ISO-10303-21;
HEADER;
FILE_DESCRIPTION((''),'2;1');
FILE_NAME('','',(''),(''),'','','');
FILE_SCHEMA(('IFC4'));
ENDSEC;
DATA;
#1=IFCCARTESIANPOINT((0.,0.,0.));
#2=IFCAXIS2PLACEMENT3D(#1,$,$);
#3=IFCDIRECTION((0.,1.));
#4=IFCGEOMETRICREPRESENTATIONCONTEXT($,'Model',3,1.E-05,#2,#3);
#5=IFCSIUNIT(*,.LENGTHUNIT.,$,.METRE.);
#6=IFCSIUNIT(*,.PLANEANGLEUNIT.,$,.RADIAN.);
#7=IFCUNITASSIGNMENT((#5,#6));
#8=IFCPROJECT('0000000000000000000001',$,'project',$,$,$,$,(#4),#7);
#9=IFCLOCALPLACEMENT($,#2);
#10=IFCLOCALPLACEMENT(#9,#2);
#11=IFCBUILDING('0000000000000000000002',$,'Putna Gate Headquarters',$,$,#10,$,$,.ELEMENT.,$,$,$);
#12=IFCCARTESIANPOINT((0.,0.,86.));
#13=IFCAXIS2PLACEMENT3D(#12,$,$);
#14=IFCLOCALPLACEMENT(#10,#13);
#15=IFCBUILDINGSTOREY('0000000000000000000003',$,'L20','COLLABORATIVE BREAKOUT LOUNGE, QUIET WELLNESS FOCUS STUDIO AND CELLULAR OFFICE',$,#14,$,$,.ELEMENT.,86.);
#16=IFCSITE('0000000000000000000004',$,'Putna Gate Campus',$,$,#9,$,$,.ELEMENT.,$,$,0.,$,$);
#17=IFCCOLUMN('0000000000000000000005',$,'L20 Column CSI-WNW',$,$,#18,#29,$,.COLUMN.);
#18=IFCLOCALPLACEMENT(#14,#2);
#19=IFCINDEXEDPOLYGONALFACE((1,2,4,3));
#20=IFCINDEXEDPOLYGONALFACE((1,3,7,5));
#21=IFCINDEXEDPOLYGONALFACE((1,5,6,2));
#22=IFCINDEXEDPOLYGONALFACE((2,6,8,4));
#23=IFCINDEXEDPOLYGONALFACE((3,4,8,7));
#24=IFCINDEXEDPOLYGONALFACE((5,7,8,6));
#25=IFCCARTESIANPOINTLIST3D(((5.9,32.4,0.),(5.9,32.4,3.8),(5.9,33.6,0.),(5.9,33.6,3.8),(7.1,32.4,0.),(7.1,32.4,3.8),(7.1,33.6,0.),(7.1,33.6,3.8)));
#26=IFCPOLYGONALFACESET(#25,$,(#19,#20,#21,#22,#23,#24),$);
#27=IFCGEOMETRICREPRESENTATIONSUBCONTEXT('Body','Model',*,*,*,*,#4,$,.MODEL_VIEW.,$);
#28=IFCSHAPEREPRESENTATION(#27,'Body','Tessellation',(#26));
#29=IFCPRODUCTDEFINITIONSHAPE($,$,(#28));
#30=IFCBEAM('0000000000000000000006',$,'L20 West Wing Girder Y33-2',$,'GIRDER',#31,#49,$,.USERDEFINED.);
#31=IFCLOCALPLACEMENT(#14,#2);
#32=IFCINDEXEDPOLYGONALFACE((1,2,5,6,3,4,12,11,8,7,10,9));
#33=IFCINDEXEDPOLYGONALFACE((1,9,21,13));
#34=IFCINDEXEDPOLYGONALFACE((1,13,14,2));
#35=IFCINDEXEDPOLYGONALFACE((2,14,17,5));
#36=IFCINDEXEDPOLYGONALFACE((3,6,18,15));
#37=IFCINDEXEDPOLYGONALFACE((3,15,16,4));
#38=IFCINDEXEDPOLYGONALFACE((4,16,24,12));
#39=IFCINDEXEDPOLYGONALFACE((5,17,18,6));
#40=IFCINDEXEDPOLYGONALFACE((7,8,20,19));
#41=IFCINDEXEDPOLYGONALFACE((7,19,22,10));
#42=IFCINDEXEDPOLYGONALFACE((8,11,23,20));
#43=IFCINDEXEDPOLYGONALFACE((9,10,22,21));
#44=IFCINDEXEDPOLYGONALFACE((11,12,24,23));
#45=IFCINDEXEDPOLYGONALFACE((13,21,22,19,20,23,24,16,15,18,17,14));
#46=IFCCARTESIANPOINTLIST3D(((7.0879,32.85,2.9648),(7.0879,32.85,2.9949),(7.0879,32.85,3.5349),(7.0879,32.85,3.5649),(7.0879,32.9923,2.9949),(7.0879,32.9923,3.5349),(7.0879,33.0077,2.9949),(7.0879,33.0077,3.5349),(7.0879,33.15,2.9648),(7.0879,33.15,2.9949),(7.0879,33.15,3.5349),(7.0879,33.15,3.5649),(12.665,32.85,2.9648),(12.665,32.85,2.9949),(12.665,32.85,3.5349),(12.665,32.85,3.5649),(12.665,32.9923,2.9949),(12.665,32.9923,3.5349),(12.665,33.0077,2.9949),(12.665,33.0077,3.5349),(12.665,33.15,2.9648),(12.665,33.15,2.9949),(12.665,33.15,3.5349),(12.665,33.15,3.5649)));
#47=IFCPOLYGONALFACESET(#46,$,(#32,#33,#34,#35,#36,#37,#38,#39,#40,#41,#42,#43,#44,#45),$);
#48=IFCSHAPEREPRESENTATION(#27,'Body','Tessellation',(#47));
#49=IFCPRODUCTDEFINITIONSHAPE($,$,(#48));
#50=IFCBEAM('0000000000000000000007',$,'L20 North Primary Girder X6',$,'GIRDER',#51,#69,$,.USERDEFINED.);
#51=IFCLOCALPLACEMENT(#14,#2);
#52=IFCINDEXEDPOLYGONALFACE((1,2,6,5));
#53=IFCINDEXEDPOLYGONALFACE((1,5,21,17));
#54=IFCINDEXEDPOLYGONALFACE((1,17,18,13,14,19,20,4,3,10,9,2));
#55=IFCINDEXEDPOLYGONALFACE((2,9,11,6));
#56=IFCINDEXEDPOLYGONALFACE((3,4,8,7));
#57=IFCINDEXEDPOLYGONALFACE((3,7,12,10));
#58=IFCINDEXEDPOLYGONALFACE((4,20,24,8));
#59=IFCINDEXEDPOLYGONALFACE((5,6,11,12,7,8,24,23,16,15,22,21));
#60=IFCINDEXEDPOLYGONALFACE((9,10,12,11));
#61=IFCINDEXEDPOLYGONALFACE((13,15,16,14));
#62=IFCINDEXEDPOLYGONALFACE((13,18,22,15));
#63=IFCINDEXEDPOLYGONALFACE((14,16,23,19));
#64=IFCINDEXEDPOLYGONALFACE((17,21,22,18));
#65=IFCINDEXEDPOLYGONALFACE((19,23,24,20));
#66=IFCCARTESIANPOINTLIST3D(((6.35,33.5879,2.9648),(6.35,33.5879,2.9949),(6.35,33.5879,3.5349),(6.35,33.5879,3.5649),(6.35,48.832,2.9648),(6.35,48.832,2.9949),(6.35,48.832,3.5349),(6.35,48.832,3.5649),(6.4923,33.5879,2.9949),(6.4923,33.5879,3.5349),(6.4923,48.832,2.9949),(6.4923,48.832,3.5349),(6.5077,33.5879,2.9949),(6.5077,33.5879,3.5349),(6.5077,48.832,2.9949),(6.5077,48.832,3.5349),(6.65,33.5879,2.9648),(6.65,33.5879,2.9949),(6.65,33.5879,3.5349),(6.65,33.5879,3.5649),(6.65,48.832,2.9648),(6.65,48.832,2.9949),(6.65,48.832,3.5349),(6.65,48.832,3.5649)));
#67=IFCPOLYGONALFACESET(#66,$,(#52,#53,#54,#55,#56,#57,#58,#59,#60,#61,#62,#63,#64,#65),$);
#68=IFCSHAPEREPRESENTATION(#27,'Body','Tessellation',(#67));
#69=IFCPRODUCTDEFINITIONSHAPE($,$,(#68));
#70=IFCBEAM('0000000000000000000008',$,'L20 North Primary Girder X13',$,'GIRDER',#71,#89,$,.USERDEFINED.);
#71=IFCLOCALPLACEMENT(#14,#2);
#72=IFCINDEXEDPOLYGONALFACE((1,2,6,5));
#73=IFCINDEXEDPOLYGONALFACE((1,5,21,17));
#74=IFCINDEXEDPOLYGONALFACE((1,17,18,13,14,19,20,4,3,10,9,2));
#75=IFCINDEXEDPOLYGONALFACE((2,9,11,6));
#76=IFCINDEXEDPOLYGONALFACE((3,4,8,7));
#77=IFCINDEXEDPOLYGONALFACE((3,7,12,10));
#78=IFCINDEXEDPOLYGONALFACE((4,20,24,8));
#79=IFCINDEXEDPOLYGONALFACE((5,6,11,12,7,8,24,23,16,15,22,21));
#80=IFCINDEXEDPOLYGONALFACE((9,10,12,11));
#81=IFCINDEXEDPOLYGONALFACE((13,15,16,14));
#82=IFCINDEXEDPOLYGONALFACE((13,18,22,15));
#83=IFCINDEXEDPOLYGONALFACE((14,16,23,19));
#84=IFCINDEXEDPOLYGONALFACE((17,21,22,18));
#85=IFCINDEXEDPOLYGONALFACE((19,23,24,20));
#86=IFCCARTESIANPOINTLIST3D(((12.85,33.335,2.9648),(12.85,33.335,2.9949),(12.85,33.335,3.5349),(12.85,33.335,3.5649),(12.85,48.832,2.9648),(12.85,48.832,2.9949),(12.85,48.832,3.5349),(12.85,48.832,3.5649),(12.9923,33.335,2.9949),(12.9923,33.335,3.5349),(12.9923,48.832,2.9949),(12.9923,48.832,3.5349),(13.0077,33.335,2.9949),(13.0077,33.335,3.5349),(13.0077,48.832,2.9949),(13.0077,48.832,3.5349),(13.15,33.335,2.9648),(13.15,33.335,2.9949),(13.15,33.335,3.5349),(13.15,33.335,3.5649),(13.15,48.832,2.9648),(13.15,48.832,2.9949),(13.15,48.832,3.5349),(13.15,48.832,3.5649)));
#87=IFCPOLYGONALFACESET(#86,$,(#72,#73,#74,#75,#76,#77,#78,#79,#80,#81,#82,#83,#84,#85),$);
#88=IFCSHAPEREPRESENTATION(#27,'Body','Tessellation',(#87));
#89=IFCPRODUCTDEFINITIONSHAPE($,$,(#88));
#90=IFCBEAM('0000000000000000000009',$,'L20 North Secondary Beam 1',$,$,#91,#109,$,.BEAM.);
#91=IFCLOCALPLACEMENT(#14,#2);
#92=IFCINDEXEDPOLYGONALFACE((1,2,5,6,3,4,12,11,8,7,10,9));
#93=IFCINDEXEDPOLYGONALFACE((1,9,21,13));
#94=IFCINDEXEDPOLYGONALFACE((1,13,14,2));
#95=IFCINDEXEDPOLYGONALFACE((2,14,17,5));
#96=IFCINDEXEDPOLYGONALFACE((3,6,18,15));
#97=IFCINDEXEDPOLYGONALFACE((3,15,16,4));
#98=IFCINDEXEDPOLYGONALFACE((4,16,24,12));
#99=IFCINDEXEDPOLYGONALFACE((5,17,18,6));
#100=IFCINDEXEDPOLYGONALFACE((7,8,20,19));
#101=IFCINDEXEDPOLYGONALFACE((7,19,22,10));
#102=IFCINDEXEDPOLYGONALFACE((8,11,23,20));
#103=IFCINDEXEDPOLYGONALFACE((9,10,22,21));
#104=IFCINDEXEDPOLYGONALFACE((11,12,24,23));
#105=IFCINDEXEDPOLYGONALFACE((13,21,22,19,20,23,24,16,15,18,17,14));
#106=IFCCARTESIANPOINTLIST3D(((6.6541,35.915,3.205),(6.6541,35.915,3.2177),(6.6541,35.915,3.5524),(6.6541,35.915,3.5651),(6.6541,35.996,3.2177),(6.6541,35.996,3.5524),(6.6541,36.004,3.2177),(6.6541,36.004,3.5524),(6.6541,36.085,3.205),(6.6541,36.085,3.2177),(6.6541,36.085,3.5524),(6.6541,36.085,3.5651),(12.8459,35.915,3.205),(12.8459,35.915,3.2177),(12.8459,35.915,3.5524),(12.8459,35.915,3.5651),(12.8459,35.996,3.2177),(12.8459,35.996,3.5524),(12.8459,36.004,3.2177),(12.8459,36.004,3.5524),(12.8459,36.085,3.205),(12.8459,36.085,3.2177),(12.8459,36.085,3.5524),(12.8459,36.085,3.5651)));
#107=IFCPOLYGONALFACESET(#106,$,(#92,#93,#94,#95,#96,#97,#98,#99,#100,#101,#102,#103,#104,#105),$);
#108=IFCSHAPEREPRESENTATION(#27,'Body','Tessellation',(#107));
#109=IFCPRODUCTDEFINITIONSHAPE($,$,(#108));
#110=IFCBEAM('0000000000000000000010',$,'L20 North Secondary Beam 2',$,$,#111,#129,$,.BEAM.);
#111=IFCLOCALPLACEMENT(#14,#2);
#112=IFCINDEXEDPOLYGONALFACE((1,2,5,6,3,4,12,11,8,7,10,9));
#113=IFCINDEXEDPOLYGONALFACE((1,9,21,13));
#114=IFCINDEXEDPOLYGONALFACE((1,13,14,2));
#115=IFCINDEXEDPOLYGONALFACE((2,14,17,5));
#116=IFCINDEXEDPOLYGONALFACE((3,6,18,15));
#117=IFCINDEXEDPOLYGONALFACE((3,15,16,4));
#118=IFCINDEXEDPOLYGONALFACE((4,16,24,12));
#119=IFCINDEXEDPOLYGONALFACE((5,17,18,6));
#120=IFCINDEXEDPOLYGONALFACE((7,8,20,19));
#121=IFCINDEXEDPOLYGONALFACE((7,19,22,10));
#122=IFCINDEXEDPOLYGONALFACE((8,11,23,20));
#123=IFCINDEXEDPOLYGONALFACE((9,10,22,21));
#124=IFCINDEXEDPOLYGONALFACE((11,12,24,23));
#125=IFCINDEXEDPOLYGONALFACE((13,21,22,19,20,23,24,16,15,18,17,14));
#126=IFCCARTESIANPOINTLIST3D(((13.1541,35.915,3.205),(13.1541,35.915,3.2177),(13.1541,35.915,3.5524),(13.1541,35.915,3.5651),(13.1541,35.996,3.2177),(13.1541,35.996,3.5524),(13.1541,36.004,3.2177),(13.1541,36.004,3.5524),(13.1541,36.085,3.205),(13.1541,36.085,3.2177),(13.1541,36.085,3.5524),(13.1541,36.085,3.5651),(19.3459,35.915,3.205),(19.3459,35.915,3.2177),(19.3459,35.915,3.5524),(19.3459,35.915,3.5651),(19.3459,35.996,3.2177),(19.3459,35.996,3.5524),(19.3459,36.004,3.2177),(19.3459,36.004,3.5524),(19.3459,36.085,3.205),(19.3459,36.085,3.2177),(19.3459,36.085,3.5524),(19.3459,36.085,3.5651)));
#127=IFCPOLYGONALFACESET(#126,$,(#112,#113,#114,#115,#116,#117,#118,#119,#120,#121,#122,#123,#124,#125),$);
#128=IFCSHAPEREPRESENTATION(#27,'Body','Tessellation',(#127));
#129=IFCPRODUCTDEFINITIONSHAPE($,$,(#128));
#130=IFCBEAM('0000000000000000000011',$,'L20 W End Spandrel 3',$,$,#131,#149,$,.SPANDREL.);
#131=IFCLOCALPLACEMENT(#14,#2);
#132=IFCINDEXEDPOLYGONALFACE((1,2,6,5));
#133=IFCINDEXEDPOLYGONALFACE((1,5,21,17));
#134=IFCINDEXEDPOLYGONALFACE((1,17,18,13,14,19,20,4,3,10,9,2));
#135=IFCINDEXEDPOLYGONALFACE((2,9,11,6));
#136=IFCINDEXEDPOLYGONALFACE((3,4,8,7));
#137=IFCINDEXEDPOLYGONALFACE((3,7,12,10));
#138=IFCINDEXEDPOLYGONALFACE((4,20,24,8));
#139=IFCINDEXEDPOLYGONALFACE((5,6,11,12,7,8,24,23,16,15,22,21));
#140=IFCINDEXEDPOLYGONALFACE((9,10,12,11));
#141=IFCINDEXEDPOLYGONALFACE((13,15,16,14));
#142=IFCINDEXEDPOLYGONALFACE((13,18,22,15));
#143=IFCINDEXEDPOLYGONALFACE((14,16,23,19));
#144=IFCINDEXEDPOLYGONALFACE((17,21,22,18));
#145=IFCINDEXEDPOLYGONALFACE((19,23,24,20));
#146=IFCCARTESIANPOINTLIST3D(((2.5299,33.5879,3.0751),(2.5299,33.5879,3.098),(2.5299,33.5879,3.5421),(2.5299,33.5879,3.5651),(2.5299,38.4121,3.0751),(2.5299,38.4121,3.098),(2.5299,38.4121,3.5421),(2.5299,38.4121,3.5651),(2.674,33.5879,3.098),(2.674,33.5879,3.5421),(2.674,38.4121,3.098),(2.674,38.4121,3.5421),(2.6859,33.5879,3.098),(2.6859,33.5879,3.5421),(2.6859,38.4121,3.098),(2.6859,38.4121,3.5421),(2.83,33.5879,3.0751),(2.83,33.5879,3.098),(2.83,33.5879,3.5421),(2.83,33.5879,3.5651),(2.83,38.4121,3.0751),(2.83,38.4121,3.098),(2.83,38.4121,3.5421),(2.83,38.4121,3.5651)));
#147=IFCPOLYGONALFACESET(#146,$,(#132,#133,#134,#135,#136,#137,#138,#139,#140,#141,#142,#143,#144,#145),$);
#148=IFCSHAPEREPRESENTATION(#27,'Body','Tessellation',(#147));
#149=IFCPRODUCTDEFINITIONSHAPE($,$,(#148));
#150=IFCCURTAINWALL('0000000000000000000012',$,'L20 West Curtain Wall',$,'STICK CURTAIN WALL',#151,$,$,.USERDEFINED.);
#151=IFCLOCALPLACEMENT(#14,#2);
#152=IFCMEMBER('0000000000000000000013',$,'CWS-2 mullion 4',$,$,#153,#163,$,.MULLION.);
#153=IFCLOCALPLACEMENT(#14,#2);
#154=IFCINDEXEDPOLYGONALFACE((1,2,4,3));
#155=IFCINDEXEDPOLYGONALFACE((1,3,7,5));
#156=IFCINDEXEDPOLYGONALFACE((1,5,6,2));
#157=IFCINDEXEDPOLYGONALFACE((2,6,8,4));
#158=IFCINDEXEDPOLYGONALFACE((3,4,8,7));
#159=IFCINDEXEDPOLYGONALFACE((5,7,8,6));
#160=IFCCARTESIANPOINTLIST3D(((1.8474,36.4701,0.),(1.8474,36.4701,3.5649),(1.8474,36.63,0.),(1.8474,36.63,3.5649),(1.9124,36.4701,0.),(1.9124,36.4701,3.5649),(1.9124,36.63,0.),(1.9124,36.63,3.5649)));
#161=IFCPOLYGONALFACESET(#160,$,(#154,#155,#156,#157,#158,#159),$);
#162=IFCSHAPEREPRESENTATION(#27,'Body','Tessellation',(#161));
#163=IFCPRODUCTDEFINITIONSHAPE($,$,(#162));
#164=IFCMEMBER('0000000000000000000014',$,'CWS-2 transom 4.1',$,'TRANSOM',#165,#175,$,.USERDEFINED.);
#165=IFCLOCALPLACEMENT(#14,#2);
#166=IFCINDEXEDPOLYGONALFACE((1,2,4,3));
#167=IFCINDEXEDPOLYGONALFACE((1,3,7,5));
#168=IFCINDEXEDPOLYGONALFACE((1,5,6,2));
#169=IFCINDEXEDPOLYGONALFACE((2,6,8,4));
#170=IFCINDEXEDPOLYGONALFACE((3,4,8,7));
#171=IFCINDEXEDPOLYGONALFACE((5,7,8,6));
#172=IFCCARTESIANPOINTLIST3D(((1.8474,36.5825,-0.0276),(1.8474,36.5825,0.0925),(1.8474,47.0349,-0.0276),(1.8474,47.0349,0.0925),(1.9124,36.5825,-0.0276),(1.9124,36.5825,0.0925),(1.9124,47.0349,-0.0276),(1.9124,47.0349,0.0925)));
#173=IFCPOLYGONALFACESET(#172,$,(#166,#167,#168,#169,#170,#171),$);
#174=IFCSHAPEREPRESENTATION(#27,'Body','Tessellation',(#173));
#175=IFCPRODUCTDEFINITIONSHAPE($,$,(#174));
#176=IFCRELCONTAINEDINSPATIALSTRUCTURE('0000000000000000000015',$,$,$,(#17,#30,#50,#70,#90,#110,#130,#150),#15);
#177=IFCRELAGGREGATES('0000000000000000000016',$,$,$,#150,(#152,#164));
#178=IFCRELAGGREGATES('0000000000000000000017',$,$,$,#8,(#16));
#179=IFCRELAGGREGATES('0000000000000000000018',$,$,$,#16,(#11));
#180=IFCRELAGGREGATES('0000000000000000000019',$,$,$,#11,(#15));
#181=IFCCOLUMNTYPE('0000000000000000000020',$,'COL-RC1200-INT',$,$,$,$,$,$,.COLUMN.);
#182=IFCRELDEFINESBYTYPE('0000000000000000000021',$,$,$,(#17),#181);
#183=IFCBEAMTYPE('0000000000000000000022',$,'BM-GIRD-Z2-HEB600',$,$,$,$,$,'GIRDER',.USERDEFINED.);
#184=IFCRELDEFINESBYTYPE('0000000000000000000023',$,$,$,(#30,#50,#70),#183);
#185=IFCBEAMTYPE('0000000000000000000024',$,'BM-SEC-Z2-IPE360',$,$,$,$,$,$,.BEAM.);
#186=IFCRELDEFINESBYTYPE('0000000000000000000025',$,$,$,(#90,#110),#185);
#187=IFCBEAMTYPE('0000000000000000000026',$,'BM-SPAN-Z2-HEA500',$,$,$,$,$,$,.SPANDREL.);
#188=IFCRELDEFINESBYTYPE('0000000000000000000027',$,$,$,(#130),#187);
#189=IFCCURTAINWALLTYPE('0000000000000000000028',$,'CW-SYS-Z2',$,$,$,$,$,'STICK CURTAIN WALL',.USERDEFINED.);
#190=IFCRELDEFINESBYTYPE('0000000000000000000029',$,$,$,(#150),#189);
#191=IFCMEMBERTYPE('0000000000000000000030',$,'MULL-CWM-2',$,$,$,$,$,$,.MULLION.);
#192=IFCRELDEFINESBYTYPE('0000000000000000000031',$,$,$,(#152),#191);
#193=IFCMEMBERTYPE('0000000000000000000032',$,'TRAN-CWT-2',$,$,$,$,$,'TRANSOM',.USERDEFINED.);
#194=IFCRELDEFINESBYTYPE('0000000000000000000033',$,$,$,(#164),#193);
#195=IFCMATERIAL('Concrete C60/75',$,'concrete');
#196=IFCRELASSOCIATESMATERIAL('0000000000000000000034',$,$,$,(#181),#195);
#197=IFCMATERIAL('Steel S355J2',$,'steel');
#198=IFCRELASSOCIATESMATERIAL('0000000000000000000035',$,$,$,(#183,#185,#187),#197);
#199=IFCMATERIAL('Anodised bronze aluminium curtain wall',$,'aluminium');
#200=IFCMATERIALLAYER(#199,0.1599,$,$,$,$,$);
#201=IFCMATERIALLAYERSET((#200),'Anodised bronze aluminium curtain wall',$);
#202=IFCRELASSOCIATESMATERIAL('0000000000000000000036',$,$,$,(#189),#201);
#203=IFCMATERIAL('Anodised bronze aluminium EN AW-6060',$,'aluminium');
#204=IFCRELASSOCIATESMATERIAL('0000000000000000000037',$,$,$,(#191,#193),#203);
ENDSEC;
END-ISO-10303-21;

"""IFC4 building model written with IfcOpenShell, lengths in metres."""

from ifc_helpers import new_model, si_unit, direction, frame, origin, origin_2d, place, context, subcontext, project, spatial, rectangle, i_section, extrude, material, layer, layer_set, material_profile, profile_set, type_object, element, aggregate, save


model = new_model("IFC4")

# Units and contexts
model_context = context("Model", 3, precision=1e-05, world=origin(), true_north=direction((0.0, 1.0)))
body_context = subcontext(model_context, "Body", "Model", "MODEL_VIEW")
ifc_project = project(units=[si_unit("LENGTHUNIT", "METRE"), si_unit("PLANEANGLEUNIT", "RADIAN")], contexts=[model_context])

# Site, building, storey
site_placement = place(None, origin())
site = spatial("IfcSite", under=ifc_project, at=site_placement, Name="Putna Gate Campus", CompositionType="ELEMENT", RefElevation=0.0)
building_placement = place(site_placement, origin())
building = spatial("IfcBuilding", under=site, at=building_placement, Name="Putna Gate Headquarters", CompositionType="ELEMENT")
storey_placement = place(building_placement, frame((0.0, 0.0, 86.0)))
storey = spatial("IfcBuildingStorey", under=building, at=storey_placement, Name="L20", Description="COLLABORATIVE BREAKOUT LOUNGE, QUIET WELLNESS FOCUS STUDIO AND CELLULAR OFFICE", CompositionType="ELEMENT", Elevation=86.0)

# Column
ifc_material_1 = material(Name="Concrete C60/75", Category="concrete")
ifc_material_profile_1 = material_profile(ifc_material_1, rectangle(XDim=1.2, YDim=1.2, at=origin_2d()), Name="Concrete C60/75")
ifc_profile_set_1 = profile_set([ifc_material_profile_1], Name="Concrete C60/75")
column_type = type_object("IfcColumnType", Name="COL-RC1200-INT", PredefinedType="COLUMN", material=ifc_profile_set_1)
column_placement = place(storey_placement, frame((6.5, 33.0, 0.0), z_axis=(0.0, 0.0, 1.0), x_axis=(1.0, 0.0, 0.0)))
element("IfcColumn", 1, at=column_placement, inside=storey, type_object=column_type, Name="L20 Column CSI-WNW", PredefinedType="COLUMN", context=body_context, shape_type="SweptSolid", body=[
    extrude(rectangle(XDim=1.2, YDim=1.2, at=origin_2d()), origin(), (0.0, 0.0, 1.0), 3.8),
])

# Beams
ifc_material_2 = material(Name="Steel S355J2", Category="steel")
ifc_material_profile_2 = material_profile(ifc_material_2, i_section(OverallWidth=0.3, OverallDepth=0.6001, WebThickness=0.0154, FlangeThickness=0.03, at=origin_2d()), Name="Steel S355J2")
ifc_profile_set_2 = profile_set([ifc_material_profile_2], Name="Steel S355J2")
beam_type_1 = type_object("IfcBeamType", Name="BM-GIRD-Z2-HEB600", ElementType="GIRDER", PredefinedType="USERDEFINED", material=ifc_profile_set_2)
beam_1_placement = place(storey_placement, frame((7.0879, 33.0, 3.2649), z_axis=(1.0, 0.0, 0.0), x_axis=(0.0, 1.0, 0.0)))
element("IfcBeam", 2, at=beam_1_placement, inside=storey, type_object=beam_type_1, Name="L20 West Wing Girder Y33-2", ObjectType="GIRDER", PredefinedType="USERDEFINED", context=body_context, shape_type="SweptSolid", body=[
    extrude(i_section(OverallWidth=0.3, OverallDepth=0.6001, WebThickness=0.0154, FlangeThickness=0.03, at=origin_2d()), origin(), (0.0, 0.0, 1.0), 5.5771),
])
beam_2_placement = place(storey_placement, frame((6.5, 33.5879, 3.2649), z_axis=(0.0, 1.0, 0.0), x_axis=(-1.0, 0.0, 0.0)))
element("IfcBeam", 3, at=beam_2_placement, inside=storey, type_object=beam_type_1, Name="L20 North Primary Girder X6", ObjectType="GIRDER", PredefinedType="USERDEFINED", context=body_context, shape_type="SweptSolid", body=[
    extrude(i_section(OverallWidth=0.3, OverallDepth=0.6001, WebThickness=0.0154, FlangeThickness=0.03, at=origin_2d()), origin(), (0.0, 0.0, 1.0), 15.2441),
])
beam_3_placement = place(storey_placement, frame((13.0, 33.335, 3.2649), z_axis=(0.0, 1.0, 0.0), x_axis=(-1.0, 0.0, 0.0)))
element("IfcBeam", 4, at=beam_3_placement, inside=storey, type_object=beam_type_1, Name="L20 North Primary Girder X13", ObjectType="GIRDER", PredefinedType="USERDEFINED", context=body_context, shape_type="SweptSolid", body=[
    extrude(i_section(OverallWidth=0.3, OverallDepth=0.6001, WebThickness=0.0154, FlangeThickness=0.03, at=origin_2d()), origin(), (0.0, 0.0, 1.0), 15.4971),
])
ifc_material_profile_3 = material_profile(ifc_material_2, i_section(OverallWidth=0.1699, OverallDepth=0.3601, WebThickness=0.0081, FlangeThickness=0.0127, at=origin_2d()), Name="Steel S355J2")
ifc_profile_set_3 = profile_set([ifc_material_profile_3], Name="Steel S355J2")
beam_type_2 = type_object("IfcBeamType", Name="BM-SEC-Z2-IPE360", PredefinedType="BEAM", material=ifc_profile_set_3)
for number, where, z_axis, x_axis, name in (
    (5, (6.6541, 36.0, 3.385), (1.0, 0.0, 0.0), (0.0, 1.0, 0.0), "L20 North Secondary Beam 1"),
    (6, (13.1541, 36.0, 3.385), (1.0, 0.0, 0.0), (0.0, 1.0, 0.0), "L20 North Secondary Beam 2"),
):
    element("IfcBeam", number, at=place(storey_placement, frame(where, z_axis=z_axis, x_axis=x_axis)), inside=storey, type_object=beam_type_2, Name=name, PredefinedType="BEAM", context=body_context, shape_type="SweptSolid", body=[
        extrude(i_section(OverallWidth=0.1699, OverallDepth=0.3601, WebThickness=0.0081, FlangeThickness=0.0127, at=origin_2d()), origin(), (0.0, 0.0, 1.0), 6.1919),
    ])
ifc_material_profile_4 = material_profile(ifc_material_2, i_section(OverallWidth=0.3, OverallDepth=0.49, WebThickness=0.012, FlangeThickness=0.0229, at=origin_2d()), Name="Steel S355J2")
ifc_profile_set_4 = profile_set([ifc_material_profile_4], Name="Steel S355J2")
beam_type_3 = type_object("IfcBeamType", Name="BM-SPAN-Z2-HEA500", PredefinedType="SPANDREL", material=ifc_profile_set_4)
beam_4_placement = place(storey_placement, frame((2.6799, 33.5879, 3.3201), z_axis=(0.0, 1.0, 0.0), x_axis=(-1.0, 0.0, 0.0)))
element("IfcBeam", 7, at=beam_4_placement, inside=storey, type_object=beam_type_3, Name="L20 W End Spandrel 3", PredefinedType="SPANDREL", context=body_context, shape_type="SweptSolid", body=[
    extrude(i_section(OverallWidth=0.3, OverallDepth=0.49, WebThickness=0.012, FlangeThickness=0.0229, at=origin_2d()), origin(), (0.0, 0.0, 1.0), 4.8242),
])

# Curtain wall, members
ifc_material_3 = material(Name="Anodised bronze aluminium curtain wall", Category="aluminium")
ifc_layer_1 = layer(ifc_material_3, 0.1599)
ifc_layer_set_1 = layer_set([ifc_layer_1], Name="Anodised bronze aluminium curtain wall")
curtain_wall_type = type_object("IfcCurtainWallType", Name="CW-SYS-Z2", ElementType="STICK CURTAIN WALL", PredefinedType="USERDEFINED", material=ifc_layer_set_1)
curtain_wall_placement = place(storey_placement, origin())
curtain_wall = element("IfcCurtainWall", 8, at=curtain_wall_placement, inside=storey, type_object=curtain_wall_type, Name="L20 West Curtain Wall", ObjectType="STICK CURTAIN WALL", PredefinedType="USERDEFINED")
ifc_material_4 = material(Name="Anodised bronze aluminium EN AW-6060", Category="aluminium")
ifc_material_profile_5 = material_profile(ifc_material_4, rectangle(XDim=0.0649, YDim=0.1599, at=origin_2d()), Name="Anodised bronze aluminium EN AW-6060")
ifc_profile_set_5 = profile_set([ifc_material_profile_5], Name="Anodised bronze aluminium EN AW-6060")
member_type_1 = type_object("IfcMemberType", Name="MULL-CWM-2", PredefinedType="MULLION", material=ifc_profile_set_5)
member_1_placement = place(storey_placement, frame((1.8799, 36.55, 0.0), z_axis=(0.0, 0.0, 1.0), x_axis=(-1.0, 0.0, 0.0)))
member_1 = element("IfcMember", 9, at=member_1_placement, type_object=member_type_1, Name="CWS-2 mullion 4", PredefinedType="MULLION", context=body_context, shape_type="SweptSolid", body=[
    extrude(rectangle(XDim=0.0649, YDim=0.1599, at=origin_2d()), origin(), (0.0, 0.0, 1.0), 3.5649),
])
ifc_material_profile_6 = material_profile(ifc_material_4, rectangle(XDim=0.0649, YDim=0.1201, at=origin_2d()), Name="Anodised bronze aluminium EN AW-6060")
ifc_profile_set_6 = profile_set([ifc_material_profile_6], Name="Anodised bronze aluminium EN AW-6060")
member_type_2 = type_object("IfcMemberType", Name="TRAN-CWT-2", ElementType="TRANSOM", PredefinedType="USERDEFINED", material=ifc_profile_set_6)
member_2_placement = place(storey_placement, frame((1.8799, 36.5825, 0.0325), z_axis=(0.0, 1.0, 0.0), x_axis=(-1.0, 0.0, 0.0)))
member_2 = element("IfcMember", 10, at=member_2_placement, type_object=member_type_2, Name="CWS-2 transom 4.1", ObjectType="TRANSOM", PredefinedType="USERDEFINED", context=body_context, shape_type="SweptSolid", body=[
    extrude(rectangle(XDim=0.0649, YDim=0.1201, at=origin_2d()), origin(), (0.0, 0.0, 1.0), 10.4524),
])
aggregate(curtain_wall, [member_1, member_2])

save(model, "model.ifc")
